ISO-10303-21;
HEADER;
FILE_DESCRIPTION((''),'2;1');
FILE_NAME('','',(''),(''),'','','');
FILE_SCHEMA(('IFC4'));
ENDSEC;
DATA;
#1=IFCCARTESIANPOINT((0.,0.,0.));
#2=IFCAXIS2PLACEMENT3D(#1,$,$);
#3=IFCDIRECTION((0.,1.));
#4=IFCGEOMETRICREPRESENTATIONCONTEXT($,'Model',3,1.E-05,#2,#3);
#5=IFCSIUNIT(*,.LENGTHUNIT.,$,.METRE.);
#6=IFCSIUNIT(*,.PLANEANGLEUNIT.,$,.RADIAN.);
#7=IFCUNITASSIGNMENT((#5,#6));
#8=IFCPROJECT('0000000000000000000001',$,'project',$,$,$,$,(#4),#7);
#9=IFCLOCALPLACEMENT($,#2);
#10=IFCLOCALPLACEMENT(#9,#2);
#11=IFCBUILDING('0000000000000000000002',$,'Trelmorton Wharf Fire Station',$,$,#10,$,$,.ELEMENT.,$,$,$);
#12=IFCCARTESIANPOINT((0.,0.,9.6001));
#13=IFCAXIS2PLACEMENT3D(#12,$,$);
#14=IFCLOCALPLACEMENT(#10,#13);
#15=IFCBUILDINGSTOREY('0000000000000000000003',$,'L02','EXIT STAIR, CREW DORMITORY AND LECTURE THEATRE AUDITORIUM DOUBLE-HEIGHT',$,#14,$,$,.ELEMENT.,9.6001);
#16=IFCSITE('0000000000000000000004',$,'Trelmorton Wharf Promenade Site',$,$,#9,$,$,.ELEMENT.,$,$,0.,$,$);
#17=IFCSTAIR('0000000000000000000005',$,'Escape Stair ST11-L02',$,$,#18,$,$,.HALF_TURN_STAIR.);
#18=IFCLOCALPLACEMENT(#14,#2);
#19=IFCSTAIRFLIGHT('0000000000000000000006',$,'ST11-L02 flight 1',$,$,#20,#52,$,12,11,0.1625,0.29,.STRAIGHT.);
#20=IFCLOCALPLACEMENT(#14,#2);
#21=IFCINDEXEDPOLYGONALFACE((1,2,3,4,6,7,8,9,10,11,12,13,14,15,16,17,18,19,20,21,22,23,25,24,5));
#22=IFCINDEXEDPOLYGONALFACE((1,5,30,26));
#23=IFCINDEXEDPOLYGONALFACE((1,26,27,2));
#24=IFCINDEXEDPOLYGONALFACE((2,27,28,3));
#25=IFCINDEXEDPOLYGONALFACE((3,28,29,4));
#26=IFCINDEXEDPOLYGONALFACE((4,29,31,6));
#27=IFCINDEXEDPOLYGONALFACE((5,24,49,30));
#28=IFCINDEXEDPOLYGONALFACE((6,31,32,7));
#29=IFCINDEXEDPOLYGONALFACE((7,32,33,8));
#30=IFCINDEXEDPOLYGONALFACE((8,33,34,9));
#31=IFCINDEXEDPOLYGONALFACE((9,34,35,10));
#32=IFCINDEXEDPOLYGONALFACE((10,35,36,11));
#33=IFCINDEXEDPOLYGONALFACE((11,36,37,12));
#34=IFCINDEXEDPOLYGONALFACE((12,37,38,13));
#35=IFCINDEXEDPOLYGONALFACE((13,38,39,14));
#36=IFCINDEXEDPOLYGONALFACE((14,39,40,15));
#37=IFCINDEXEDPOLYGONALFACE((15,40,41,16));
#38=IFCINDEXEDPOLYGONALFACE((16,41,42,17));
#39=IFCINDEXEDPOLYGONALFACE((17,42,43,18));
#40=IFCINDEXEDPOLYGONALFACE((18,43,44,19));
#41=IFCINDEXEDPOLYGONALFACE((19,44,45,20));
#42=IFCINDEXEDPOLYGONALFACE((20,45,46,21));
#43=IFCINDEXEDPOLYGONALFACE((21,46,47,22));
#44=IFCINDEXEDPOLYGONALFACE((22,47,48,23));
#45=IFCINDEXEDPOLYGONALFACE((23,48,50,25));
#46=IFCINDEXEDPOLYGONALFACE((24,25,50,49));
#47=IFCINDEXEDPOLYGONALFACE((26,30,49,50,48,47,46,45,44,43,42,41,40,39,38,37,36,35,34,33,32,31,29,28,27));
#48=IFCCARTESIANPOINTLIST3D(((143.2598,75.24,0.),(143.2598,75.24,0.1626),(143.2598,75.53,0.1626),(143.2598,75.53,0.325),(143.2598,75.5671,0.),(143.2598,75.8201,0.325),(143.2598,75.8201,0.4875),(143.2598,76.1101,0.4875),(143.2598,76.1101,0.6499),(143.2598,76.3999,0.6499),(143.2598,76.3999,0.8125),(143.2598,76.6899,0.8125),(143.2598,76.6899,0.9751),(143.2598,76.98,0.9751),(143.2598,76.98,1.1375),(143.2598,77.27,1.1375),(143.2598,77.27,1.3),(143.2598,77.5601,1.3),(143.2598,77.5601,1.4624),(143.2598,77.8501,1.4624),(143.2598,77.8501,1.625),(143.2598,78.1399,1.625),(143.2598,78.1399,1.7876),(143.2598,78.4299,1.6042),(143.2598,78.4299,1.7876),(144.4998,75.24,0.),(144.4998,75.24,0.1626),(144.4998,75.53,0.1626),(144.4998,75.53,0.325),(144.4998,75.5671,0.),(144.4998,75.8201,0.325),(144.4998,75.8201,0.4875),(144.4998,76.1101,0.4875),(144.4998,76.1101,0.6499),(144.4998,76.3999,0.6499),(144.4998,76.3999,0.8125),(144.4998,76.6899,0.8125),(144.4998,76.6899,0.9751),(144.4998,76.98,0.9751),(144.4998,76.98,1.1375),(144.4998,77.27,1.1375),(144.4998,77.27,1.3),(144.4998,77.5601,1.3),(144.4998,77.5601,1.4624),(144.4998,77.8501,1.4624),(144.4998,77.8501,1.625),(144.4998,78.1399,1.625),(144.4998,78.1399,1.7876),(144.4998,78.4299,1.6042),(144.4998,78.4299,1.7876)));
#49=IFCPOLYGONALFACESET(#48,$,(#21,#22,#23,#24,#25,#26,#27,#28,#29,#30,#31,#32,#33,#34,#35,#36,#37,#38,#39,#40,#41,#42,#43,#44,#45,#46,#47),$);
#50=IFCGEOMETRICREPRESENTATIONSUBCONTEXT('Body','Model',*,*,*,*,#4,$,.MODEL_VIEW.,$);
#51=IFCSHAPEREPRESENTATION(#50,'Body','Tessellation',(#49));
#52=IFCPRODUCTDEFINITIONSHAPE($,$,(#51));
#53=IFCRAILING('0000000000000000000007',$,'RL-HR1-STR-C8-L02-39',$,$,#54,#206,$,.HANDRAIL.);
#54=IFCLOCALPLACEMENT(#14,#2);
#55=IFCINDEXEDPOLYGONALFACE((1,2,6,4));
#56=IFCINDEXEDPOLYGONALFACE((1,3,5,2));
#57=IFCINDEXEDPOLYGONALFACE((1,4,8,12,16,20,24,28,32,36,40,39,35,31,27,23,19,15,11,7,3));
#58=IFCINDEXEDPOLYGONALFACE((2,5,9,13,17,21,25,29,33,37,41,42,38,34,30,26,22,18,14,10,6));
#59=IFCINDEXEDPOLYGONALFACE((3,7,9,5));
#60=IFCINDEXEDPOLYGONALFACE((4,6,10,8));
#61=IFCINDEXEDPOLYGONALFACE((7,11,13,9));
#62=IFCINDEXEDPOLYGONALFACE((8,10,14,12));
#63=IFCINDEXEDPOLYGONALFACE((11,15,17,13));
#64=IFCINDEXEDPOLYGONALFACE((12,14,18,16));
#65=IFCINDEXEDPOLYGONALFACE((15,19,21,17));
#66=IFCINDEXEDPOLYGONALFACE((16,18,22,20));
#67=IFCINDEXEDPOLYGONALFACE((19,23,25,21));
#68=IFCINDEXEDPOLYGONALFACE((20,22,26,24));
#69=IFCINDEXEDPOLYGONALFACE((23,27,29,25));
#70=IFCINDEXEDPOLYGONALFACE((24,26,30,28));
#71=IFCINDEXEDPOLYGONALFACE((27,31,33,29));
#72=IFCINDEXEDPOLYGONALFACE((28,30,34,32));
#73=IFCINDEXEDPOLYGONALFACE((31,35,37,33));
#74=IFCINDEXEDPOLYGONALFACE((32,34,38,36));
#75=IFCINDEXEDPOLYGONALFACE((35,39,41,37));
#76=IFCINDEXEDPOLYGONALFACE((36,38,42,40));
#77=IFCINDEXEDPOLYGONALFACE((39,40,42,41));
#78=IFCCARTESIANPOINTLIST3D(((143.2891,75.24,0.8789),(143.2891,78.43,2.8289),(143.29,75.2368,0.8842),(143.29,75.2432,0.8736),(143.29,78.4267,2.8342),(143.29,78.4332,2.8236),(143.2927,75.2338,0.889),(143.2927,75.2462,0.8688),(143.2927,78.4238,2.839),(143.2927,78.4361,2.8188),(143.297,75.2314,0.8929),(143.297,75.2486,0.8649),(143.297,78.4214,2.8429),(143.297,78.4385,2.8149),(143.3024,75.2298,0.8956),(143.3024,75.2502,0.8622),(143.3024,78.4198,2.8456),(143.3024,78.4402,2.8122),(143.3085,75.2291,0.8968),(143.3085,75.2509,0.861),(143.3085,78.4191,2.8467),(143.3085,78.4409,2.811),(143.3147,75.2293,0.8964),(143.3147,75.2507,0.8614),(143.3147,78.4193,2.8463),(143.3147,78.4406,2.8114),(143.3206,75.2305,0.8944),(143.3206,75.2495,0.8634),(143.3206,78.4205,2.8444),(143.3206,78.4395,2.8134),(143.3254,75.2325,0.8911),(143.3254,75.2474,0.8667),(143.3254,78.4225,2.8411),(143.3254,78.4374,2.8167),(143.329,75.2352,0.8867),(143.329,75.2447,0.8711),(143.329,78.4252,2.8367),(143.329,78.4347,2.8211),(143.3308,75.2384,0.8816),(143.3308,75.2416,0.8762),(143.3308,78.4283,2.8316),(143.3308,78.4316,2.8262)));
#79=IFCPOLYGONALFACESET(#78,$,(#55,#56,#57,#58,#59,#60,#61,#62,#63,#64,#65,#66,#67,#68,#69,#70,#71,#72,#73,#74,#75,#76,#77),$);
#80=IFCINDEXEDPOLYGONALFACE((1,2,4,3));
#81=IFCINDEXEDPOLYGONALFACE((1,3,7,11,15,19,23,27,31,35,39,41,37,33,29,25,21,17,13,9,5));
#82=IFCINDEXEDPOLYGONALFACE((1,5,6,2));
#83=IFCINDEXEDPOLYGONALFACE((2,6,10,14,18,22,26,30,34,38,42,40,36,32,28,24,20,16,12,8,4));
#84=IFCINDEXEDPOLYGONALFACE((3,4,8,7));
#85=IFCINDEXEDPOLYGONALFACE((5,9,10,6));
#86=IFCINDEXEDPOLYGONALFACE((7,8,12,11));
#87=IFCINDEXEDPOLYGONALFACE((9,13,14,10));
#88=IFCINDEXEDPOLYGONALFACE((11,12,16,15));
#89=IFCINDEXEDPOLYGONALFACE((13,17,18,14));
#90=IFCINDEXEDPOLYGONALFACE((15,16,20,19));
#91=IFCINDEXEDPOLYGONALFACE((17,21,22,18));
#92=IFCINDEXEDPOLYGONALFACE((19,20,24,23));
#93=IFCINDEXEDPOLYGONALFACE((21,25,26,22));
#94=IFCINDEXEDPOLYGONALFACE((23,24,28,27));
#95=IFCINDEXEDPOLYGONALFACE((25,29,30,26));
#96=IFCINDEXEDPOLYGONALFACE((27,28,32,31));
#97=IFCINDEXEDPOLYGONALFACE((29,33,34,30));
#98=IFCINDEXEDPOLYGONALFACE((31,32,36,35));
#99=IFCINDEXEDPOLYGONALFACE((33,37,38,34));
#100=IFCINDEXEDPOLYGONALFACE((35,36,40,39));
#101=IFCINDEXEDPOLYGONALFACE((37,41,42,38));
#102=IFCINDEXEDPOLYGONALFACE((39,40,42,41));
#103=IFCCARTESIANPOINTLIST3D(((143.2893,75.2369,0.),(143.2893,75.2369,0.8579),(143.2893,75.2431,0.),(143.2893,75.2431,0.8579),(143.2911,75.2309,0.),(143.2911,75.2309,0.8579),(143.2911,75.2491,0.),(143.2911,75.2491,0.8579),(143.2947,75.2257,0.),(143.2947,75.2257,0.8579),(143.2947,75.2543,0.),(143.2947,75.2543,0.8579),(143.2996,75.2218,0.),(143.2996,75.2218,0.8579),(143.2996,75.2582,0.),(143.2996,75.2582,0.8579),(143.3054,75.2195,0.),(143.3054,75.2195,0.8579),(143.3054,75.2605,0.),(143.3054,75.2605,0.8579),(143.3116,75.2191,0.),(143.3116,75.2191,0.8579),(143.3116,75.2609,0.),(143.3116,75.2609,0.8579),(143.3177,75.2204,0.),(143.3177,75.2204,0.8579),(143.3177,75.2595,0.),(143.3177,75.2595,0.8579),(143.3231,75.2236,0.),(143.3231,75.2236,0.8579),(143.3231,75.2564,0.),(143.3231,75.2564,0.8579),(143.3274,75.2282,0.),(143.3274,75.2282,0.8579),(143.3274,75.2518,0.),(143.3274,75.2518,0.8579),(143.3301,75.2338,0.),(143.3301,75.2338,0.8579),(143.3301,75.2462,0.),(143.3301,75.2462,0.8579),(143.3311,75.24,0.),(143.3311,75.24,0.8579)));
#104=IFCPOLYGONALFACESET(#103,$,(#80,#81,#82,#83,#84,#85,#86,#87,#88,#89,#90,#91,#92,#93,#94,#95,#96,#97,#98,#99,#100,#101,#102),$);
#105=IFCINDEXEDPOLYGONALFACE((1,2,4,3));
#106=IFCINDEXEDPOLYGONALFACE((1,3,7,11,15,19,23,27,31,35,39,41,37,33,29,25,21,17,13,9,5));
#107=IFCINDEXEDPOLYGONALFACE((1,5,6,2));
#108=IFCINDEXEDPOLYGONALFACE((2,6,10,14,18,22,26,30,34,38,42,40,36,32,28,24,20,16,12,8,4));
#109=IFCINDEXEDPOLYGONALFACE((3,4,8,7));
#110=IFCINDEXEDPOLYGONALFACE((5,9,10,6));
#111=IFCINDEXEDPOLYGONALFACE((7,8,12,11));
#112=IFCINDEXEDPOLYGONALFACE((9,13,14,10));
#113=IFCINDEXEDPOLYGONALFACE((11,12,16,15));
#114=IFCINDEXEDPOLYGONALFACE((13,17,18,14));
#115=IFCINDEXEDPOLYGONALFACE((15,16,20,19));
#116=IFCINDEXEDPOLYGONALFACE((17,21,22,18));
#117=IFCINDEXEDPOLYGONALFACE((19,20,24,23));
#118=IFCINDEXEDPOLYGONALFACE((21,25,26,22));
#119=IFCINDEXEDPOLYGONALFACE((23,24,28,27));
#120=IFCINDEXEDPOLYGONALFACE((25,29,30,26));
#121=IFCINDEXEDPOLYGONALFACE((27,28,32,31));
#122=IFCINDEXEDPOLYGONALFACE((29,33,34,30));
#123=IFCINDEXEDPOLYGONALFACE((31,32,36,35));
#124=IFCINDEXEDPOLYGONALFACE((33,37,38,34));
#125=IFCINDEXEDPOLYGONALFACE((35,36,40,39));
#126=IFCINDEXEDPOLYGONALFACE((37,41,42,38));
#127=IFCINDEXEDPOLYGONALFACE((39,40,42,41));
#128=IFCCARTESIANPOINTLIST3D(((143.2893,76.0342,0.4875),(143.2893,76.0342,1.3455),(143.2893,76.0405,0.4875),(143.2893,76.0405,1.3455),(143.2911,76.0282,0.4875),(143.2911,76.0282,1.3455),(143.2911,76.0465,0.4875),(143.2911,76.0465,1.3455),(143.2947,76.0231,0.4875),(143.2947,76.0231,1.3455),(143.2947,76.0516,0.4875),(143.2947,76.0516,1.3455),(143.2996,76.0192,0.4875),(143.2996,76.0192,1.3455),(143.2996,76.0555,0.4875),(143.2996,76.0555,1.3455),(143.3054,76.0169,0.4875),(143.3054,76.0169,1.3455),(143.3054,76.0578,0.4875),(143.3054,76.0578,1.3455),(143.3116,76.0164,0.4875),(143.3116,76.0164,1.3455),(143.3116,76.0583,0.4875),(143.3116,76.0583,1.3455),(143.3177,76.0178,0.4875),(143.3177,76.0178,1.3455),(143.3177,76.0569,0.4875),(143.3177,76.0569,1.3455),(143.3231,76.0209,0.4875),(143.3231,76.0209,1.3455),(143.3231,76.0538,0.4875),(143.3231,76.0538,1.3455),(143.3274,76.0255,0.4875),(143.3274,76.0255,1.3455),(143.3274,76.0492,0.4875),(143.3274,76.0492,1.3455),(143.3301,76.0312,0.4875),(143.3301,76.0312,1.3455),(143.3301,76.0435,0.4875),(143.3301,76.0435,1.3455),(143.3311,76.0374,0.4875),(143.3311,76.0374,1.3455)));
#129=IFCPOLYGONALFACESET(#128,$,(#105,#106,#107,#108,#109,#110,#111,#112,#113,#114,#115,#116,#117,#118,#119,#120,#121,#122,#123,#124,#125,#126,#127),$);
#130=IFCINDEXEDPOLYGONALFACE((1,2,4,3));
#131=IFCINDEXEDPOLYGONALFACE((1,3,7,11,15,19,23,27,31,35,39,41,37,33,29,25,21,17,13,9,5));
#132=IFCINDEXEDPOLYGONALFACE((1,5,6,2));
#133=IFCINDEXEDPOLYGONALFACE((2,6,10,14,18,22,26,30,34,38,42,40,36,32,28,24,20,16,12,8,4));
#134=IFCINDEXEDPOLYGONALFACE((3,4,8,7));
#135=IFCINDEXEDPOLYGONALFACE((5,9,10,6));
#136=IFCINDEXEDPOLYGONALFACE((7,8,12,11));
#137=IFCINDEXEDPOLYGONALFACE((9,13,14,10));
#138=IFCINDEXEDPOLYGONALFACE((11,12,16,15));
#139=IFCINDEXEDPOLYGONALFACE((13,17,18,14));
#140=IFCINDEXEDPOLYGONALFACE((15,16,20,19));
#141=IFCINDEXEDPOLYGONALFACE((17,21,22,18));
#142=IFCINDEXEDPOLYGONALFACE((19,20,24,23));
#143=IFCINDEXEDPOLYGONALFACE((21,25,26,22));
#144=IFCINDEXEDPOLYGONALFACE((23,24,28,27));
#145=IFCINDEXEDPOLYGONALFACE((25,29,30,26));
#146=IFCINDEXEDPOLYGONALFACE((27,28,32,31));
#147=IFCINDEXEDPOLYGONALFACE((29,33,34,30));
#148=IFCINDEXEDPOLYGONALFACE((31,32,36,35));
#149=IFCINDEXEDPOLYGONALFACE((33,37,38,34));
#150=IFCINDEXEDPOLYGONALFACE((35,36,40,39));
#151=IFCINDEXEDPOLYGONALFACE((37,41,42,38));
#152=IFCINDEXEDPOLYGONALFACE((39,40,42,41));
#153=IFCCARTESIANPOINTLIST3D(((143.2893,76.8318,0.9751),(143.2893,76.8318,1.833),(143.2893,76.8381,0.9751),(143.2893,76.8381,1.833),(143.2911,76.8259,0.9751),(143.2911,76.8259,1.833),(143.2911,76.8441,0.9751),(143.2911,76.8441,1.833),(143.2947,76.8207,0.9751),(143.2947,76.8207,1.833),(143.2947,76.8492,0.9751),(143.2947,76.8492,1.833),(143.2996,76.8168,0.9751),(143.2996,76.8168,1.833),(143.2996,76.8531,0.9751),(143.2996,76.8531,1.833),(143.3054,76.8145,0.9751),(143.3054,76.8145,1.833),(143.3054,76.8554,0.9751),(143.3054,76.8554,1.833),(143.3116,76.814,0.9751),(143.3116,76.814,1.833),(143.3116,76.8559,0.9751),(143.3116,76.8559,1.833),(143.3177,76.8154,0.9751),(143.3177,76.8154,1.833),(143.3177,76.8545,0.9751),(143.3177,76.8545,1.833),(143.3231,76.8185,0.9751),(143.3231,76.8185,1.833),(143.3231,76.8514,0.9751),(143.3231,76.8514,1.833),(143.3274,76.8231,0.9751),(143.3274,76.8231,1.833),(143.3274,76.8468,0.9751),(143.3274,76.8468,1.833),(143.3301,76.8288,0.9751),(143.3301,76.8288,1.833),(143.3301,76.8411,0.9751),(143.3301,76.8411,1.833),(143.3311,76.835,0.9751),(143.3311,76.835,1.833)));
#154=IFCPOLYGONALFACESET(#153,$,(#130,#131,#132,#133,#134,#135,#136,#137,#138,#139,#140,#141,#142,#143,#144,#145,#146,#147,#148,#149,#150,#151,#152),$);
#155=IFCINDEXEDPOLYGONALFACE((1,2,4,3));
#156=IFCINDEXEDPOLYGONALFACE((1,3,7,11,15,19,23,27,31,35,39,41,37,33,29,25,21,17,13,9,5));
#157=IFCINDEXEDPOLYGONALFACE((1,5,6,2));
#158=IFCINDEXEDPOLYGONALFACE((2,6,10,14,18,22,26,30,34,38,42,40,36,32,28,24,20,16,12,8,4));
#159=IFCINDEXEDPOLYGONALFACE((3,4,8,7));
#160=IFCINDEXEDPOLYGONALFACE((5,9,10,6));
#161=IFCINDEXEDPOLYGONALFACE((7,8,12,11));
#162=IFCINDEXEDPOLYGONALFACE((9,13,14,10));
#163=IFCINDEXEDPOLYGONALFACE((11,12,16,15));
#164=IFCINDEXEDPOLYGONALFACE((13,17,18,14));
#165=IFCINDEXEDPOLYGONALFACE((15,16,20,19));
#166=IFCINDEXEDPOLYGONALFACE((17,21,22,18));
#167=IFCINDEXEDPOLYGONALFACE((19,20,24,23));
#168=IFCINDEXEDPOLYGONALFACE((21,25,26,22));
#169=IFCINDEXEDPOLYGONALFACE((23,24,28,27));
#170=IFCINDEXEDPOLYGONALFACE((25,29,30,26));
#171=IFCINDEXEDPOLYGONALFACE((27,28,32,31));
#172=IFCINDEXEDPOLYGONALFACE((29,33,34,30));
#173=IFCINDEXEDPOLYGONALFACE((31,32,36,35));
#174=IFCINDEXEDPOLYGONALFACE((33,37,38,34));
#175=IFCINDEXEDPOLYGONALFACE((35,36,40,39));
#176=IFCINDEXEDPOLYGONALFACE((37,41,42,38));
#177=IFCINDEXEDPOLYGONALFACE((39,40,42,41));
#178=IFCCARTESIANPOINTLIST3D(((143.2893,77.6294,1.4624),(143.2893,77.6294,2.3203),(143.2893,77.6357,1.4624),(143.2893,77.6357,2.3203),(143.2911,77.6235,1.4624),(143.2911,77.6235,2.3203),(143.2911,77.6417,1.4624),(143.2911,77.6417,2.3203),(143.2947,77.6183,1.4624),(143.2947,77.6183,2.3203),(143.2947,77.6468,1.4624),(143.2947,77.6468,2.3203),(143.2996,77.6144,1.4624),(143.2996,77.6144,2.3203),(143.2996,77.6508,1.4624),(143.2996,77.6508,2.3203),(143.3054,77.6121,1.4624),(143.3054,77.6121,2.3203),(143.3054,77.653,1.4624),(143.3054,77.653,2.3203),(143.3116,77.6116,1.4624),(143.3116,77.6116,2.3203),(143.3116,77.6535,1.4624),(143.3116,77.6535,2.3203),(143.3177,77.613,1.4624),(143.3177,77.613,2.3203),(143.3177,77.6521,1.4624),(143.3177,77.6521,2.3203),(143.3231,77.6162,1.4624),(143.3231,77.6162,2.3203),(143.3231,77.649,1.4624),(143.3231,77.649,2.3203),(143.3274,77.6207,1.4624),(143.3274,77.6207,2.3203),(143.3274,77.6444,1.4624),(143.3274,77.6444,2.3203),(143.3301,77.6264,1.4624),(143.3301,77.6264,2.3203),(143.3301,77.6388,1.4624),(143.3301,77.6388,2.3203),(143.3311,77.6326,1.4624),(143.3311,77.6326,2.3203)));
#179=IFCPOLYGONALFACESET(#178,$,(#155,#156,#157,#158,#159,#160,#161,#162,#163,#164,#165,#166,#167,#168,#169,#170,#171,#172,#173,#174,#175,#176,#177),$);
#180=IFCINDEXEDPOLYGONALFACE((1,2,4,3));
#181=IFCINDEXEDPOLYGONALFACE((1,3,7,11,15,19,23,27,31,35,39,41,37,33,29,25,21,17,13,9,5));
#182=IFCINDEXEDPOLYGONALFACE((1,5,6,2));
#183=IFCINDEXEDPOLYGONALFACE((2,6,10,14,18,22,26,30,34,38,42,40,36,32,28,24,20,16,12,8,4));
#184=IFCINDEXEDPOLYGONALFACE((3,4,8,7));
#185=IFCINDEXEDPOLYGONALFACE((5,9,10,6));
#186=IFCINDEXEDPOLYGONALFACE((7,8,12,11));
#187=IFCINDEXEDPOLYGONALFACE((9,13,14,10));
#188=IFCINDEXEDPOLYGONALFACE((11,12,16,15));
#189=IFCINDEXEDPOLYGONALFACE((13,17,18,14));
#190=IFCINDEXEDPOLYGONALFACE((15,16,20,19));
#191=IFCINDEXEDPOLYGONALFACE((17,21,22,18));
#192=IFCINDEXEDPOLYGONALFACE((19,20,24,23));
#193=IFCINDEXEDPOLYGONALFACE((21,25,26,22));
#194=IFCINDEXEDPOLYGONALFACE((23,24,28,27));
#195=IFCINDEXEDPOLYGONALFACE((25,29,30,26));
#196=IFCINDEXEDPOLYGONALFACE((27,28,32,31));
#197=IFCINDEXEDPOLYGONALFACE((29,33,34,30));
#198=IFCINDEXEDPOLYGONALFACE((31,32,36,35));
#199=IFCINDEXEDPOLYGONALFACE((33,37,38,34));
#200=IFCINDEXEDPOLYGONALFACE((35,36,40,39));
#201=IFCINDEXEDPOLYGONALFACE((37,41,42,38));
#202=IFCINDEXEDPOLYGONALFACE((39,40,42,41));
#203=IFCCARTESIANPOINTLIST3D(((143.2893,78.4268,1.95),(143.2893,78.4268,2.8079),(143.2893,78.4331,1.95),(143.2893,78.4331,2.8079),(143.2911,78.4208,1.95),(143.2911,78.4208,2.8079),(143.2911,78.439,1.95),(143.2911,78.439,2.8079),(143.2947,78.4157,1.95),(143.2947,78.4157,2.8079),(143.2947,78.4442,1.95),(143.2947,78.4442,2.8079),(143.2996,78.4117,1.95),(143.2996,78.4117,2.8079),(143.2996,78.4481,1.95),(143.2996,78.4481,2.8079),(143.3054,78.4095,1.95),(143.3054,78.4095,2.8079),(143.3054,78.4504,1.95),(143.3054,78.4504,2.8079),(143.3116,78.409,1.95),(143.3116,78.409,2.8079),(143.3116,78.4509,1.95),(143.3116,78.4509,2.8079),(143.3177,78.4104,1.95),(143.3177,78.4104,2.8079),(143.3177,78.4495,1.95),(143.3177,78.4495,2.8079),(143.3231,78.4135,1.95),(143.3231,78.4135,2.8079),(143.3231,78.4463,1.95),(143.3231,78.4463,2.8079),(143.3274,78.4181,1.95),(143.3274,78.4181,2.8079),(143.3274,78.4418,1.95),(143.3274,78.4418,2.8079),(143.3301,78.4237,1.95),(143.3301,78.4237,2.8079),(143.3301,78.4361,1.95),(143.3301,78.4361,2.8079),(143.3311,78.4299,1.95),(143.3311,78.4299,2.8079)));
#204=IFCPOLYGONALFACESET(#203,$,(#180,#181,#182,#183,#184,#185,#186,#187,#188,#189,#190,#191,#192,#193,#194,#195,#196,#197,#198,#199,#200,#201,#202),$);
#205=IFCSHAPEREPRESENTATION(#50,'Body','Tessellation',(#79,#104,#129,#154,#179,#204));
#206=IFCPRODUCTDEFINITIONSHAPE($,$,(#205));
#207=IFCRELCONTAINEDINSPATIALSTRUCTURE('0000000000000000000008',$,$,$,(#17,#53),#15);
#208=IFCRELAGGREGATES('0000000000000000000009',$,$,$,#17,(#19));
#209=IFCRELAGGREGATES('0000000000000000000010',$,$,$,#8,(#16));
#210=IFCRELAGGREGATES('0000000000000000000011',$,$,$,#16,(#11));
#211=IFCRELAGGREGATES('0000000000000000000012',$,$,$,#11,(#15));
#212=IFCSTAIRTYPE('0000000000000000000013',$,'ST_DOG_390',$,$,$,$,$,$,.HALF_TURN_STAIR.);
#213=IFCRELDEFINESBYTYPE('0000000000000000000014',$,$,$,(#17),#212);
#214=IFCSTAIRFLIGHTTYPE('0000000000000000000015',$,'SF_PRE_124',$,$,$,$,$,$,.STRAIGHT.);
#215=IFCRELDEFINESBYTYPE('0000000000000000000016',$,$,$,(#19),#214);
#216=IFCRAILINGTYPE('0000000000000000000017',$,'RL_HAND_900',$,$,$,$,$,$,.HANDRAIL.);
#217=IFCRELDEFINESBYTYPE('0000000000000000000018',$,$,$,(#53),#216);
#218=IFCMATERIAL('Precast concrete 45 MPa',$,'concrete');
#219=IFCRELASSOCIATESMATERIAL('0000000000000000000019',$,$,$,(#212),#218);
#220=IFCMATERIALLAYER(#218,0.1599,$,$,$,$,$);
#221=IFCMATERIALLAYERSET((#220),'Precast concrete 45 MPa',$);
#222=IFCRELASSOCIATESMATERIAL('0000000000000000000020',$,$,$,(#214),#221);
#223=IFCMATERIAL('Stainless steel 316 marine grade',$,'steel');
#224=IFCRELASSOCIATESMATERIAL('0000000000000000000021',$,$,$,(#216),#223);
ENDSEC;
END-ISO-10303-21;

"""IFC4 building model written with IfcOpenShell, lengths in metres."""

from ifc_helpers import new_model, si_unit, direction, frame, origin, origin_2d, place, context, subcontext, project, spatial, polyline, circle, outline, extrude, material, layer, layer_set, type_object, element, aggregate, save


model = new_model("IFC4")

# Units and contexts
model_context = context("Model", 3, precision=1e-05, world=origin(), true_north=direction((0.0, 1.0)))
body_context = subcontext(model_context, "Body", "Model", "MODEL_VIEW")
ifc_project = project(units=[si_unit("LENGTHUNIT", "METRE"), si_unit("PLANEANGLEUNIT", "RADIAN")], contexts=[model_context])

# Site, building, storey
site_placement = place(None, origin())
site = spatial("IfcSite", under=ifc_project, at=site_placement, Name="Trelmorton Wharf Promenade Site", CompositionType="ELEMENT", RefElevation=0.0)
building_placement = place(site_placement, origin())
building = spatial("IfcBuilding", under=site, at=building_placement, Name="Trelmorton Wharf Fire Station", CompositionType="ELEMENT")
storey_placement = place(building_placement, frame((0.0, 0.0, 9.6001)))
storey = spatial("IfcBuildingStorey", under=building, at=storey_placement, Name="L02", Description="EXIT STAIR, CREW DORMITORY AND LECTURE THEATRE AUDITORIUM DOUBLE-HEIGHT", CompositionType="ELEMENT", Elevation=9.6001)

# Shared definitions
ifc_material_1 = material(Name="Stainless steel 316 marine grade", Category="steel")

# Stair, stair flight
ifc_material_2 = material(Name="Precast concrete 45 MPa", Category="concrete")
stair_type = type_object("IfcStairType", Name="ST_DOG_390", PredefinedType="HALF_TURN_STAIR", material=ifc_material_2)
stair_placement = place(storey_placement, origin())
stair = element("IfcStair", 1, at=stair_placement, inside=storey, type_object=stair_type, Name="Escape Stair ST11-L02", PredefinedType="HALF_TURN_STAIR")
ifc_layer_1 = layer(ifc_material_2, 0.1599)
ifc_layer_set_1 = layer_set([ifc_layer_1], Name="Precast concrete 45 MPa")
stair_flight_type = type_object("IfcStairFlightType", Name="SF_PRE_124", PredefinedType="STRAIGHT", material=ifc_layer_set_1)
stair_flight_placement = place(storey_placement, frame((143.8799, 75.24, 0.0), z_axis=(0.0, 0.0, 1.0), x_axis=(0.0, 1.0, 0.0)))
stair_flight = element("IfcStairFlight", 2, at=stair_flight_placement, type_object=stair_flight_type, Name="ST11-L02 flight 1", NumberOfRisers=12, NumberOfTreads=11, PredefinedType="STRAIGHT", RiserHeight=0.1625, TreadLength=0.29, context=body_context, shape_type="SweptSolid", body=[
    extrude(outline(polyline([(0.0, 0.0), (0.0, 0.1626), (0.29, 0.1626), (0.29, 0.325), (0.5801, 0.325), (0.5801, 0.4875), (0.8701, 0.4875), (0.8701, 0.6499), (1.1599, 0.6499), (1.1599, 0.8125), (1.45, 0.8125), (1.45, 0.9751), (1.74, 0.9751), (1.74, 1.1375), (2.03, 1.1375), (2.03, 1.3), (2.3201, 1.3), (2.3201, 1.4624), (2.6101, 1.4624), (2.6101, 1.625), (2.8999, 1.625), (2.8999, 1.7876), (3.1899, 1.7876), (3.1899, 1.95), (3.1899, 1.6042), (0.3271, 0.0), (0.0, 0.0)])), frame((0.0, 0.6201, 0.0), z_axis=(0.0, -1.0, 0.0), x_axis=(1.0, 0.0, 0.0)), (0.0, 0.0, 1.0), 1.24),
])
aggregate(stair, [stair_flight])

# Railing
railing_type_1 = type_object("IfcRailingType", Name="RL_HAND_900", PredefinedType="HANDRAIL", material=ifc_material_1)
railing_1_placement = place(storey_placement, frame((143.3101, 75.24, 0.0)))
element("IfcRailing", 3, at=railing_1_placement, inside=storey, type_object=railing_type_1, Name="RL-HR1-STR-C8-L02-39", PredefinedType="HANDRAIL", context=body_context, shape_type="SweptSolid", body=[
    extrude(circle(Radius=0.021, at=origin_2d()), frame((0.0, 0.0, 0.8789), z_axis=(0.0, 0.853217, 0.521556), x_axis=(-1.0, 0.0, 0.0)), (0.0, 0.0, 1.0), 3.7388),
    extrude(circle(Radius=0.021, at=origin_2d()), origin(), (0.0, 0.0, 1.0), 0.8579),
    extrude(circle(Radius=0.021, at=origin_2d()), frame((0.0, 0.7974, 0.4875)), (0.0, 0.0, 1.0), 0.8579),
    extrude(circle(Radius=0.021, at=origin_2d()), frame((0.0, 1.595, 0.9751)), (0.0, 0.0, 1.0), 0.8579),
    extrude(circle(Radius=0.021, at=origin_2d()), frame((0.0, 2.3926, 1.4624)), (0.0, 0.0, 1.0), 0.8579),
    extrude(circle(Radius=0.021, at=origin_2d()), frame((0.0, 3.1899, 1.95)), (0.0, 0.0, 1.0), 0.8579),
])

save(model, "model.ifc")
